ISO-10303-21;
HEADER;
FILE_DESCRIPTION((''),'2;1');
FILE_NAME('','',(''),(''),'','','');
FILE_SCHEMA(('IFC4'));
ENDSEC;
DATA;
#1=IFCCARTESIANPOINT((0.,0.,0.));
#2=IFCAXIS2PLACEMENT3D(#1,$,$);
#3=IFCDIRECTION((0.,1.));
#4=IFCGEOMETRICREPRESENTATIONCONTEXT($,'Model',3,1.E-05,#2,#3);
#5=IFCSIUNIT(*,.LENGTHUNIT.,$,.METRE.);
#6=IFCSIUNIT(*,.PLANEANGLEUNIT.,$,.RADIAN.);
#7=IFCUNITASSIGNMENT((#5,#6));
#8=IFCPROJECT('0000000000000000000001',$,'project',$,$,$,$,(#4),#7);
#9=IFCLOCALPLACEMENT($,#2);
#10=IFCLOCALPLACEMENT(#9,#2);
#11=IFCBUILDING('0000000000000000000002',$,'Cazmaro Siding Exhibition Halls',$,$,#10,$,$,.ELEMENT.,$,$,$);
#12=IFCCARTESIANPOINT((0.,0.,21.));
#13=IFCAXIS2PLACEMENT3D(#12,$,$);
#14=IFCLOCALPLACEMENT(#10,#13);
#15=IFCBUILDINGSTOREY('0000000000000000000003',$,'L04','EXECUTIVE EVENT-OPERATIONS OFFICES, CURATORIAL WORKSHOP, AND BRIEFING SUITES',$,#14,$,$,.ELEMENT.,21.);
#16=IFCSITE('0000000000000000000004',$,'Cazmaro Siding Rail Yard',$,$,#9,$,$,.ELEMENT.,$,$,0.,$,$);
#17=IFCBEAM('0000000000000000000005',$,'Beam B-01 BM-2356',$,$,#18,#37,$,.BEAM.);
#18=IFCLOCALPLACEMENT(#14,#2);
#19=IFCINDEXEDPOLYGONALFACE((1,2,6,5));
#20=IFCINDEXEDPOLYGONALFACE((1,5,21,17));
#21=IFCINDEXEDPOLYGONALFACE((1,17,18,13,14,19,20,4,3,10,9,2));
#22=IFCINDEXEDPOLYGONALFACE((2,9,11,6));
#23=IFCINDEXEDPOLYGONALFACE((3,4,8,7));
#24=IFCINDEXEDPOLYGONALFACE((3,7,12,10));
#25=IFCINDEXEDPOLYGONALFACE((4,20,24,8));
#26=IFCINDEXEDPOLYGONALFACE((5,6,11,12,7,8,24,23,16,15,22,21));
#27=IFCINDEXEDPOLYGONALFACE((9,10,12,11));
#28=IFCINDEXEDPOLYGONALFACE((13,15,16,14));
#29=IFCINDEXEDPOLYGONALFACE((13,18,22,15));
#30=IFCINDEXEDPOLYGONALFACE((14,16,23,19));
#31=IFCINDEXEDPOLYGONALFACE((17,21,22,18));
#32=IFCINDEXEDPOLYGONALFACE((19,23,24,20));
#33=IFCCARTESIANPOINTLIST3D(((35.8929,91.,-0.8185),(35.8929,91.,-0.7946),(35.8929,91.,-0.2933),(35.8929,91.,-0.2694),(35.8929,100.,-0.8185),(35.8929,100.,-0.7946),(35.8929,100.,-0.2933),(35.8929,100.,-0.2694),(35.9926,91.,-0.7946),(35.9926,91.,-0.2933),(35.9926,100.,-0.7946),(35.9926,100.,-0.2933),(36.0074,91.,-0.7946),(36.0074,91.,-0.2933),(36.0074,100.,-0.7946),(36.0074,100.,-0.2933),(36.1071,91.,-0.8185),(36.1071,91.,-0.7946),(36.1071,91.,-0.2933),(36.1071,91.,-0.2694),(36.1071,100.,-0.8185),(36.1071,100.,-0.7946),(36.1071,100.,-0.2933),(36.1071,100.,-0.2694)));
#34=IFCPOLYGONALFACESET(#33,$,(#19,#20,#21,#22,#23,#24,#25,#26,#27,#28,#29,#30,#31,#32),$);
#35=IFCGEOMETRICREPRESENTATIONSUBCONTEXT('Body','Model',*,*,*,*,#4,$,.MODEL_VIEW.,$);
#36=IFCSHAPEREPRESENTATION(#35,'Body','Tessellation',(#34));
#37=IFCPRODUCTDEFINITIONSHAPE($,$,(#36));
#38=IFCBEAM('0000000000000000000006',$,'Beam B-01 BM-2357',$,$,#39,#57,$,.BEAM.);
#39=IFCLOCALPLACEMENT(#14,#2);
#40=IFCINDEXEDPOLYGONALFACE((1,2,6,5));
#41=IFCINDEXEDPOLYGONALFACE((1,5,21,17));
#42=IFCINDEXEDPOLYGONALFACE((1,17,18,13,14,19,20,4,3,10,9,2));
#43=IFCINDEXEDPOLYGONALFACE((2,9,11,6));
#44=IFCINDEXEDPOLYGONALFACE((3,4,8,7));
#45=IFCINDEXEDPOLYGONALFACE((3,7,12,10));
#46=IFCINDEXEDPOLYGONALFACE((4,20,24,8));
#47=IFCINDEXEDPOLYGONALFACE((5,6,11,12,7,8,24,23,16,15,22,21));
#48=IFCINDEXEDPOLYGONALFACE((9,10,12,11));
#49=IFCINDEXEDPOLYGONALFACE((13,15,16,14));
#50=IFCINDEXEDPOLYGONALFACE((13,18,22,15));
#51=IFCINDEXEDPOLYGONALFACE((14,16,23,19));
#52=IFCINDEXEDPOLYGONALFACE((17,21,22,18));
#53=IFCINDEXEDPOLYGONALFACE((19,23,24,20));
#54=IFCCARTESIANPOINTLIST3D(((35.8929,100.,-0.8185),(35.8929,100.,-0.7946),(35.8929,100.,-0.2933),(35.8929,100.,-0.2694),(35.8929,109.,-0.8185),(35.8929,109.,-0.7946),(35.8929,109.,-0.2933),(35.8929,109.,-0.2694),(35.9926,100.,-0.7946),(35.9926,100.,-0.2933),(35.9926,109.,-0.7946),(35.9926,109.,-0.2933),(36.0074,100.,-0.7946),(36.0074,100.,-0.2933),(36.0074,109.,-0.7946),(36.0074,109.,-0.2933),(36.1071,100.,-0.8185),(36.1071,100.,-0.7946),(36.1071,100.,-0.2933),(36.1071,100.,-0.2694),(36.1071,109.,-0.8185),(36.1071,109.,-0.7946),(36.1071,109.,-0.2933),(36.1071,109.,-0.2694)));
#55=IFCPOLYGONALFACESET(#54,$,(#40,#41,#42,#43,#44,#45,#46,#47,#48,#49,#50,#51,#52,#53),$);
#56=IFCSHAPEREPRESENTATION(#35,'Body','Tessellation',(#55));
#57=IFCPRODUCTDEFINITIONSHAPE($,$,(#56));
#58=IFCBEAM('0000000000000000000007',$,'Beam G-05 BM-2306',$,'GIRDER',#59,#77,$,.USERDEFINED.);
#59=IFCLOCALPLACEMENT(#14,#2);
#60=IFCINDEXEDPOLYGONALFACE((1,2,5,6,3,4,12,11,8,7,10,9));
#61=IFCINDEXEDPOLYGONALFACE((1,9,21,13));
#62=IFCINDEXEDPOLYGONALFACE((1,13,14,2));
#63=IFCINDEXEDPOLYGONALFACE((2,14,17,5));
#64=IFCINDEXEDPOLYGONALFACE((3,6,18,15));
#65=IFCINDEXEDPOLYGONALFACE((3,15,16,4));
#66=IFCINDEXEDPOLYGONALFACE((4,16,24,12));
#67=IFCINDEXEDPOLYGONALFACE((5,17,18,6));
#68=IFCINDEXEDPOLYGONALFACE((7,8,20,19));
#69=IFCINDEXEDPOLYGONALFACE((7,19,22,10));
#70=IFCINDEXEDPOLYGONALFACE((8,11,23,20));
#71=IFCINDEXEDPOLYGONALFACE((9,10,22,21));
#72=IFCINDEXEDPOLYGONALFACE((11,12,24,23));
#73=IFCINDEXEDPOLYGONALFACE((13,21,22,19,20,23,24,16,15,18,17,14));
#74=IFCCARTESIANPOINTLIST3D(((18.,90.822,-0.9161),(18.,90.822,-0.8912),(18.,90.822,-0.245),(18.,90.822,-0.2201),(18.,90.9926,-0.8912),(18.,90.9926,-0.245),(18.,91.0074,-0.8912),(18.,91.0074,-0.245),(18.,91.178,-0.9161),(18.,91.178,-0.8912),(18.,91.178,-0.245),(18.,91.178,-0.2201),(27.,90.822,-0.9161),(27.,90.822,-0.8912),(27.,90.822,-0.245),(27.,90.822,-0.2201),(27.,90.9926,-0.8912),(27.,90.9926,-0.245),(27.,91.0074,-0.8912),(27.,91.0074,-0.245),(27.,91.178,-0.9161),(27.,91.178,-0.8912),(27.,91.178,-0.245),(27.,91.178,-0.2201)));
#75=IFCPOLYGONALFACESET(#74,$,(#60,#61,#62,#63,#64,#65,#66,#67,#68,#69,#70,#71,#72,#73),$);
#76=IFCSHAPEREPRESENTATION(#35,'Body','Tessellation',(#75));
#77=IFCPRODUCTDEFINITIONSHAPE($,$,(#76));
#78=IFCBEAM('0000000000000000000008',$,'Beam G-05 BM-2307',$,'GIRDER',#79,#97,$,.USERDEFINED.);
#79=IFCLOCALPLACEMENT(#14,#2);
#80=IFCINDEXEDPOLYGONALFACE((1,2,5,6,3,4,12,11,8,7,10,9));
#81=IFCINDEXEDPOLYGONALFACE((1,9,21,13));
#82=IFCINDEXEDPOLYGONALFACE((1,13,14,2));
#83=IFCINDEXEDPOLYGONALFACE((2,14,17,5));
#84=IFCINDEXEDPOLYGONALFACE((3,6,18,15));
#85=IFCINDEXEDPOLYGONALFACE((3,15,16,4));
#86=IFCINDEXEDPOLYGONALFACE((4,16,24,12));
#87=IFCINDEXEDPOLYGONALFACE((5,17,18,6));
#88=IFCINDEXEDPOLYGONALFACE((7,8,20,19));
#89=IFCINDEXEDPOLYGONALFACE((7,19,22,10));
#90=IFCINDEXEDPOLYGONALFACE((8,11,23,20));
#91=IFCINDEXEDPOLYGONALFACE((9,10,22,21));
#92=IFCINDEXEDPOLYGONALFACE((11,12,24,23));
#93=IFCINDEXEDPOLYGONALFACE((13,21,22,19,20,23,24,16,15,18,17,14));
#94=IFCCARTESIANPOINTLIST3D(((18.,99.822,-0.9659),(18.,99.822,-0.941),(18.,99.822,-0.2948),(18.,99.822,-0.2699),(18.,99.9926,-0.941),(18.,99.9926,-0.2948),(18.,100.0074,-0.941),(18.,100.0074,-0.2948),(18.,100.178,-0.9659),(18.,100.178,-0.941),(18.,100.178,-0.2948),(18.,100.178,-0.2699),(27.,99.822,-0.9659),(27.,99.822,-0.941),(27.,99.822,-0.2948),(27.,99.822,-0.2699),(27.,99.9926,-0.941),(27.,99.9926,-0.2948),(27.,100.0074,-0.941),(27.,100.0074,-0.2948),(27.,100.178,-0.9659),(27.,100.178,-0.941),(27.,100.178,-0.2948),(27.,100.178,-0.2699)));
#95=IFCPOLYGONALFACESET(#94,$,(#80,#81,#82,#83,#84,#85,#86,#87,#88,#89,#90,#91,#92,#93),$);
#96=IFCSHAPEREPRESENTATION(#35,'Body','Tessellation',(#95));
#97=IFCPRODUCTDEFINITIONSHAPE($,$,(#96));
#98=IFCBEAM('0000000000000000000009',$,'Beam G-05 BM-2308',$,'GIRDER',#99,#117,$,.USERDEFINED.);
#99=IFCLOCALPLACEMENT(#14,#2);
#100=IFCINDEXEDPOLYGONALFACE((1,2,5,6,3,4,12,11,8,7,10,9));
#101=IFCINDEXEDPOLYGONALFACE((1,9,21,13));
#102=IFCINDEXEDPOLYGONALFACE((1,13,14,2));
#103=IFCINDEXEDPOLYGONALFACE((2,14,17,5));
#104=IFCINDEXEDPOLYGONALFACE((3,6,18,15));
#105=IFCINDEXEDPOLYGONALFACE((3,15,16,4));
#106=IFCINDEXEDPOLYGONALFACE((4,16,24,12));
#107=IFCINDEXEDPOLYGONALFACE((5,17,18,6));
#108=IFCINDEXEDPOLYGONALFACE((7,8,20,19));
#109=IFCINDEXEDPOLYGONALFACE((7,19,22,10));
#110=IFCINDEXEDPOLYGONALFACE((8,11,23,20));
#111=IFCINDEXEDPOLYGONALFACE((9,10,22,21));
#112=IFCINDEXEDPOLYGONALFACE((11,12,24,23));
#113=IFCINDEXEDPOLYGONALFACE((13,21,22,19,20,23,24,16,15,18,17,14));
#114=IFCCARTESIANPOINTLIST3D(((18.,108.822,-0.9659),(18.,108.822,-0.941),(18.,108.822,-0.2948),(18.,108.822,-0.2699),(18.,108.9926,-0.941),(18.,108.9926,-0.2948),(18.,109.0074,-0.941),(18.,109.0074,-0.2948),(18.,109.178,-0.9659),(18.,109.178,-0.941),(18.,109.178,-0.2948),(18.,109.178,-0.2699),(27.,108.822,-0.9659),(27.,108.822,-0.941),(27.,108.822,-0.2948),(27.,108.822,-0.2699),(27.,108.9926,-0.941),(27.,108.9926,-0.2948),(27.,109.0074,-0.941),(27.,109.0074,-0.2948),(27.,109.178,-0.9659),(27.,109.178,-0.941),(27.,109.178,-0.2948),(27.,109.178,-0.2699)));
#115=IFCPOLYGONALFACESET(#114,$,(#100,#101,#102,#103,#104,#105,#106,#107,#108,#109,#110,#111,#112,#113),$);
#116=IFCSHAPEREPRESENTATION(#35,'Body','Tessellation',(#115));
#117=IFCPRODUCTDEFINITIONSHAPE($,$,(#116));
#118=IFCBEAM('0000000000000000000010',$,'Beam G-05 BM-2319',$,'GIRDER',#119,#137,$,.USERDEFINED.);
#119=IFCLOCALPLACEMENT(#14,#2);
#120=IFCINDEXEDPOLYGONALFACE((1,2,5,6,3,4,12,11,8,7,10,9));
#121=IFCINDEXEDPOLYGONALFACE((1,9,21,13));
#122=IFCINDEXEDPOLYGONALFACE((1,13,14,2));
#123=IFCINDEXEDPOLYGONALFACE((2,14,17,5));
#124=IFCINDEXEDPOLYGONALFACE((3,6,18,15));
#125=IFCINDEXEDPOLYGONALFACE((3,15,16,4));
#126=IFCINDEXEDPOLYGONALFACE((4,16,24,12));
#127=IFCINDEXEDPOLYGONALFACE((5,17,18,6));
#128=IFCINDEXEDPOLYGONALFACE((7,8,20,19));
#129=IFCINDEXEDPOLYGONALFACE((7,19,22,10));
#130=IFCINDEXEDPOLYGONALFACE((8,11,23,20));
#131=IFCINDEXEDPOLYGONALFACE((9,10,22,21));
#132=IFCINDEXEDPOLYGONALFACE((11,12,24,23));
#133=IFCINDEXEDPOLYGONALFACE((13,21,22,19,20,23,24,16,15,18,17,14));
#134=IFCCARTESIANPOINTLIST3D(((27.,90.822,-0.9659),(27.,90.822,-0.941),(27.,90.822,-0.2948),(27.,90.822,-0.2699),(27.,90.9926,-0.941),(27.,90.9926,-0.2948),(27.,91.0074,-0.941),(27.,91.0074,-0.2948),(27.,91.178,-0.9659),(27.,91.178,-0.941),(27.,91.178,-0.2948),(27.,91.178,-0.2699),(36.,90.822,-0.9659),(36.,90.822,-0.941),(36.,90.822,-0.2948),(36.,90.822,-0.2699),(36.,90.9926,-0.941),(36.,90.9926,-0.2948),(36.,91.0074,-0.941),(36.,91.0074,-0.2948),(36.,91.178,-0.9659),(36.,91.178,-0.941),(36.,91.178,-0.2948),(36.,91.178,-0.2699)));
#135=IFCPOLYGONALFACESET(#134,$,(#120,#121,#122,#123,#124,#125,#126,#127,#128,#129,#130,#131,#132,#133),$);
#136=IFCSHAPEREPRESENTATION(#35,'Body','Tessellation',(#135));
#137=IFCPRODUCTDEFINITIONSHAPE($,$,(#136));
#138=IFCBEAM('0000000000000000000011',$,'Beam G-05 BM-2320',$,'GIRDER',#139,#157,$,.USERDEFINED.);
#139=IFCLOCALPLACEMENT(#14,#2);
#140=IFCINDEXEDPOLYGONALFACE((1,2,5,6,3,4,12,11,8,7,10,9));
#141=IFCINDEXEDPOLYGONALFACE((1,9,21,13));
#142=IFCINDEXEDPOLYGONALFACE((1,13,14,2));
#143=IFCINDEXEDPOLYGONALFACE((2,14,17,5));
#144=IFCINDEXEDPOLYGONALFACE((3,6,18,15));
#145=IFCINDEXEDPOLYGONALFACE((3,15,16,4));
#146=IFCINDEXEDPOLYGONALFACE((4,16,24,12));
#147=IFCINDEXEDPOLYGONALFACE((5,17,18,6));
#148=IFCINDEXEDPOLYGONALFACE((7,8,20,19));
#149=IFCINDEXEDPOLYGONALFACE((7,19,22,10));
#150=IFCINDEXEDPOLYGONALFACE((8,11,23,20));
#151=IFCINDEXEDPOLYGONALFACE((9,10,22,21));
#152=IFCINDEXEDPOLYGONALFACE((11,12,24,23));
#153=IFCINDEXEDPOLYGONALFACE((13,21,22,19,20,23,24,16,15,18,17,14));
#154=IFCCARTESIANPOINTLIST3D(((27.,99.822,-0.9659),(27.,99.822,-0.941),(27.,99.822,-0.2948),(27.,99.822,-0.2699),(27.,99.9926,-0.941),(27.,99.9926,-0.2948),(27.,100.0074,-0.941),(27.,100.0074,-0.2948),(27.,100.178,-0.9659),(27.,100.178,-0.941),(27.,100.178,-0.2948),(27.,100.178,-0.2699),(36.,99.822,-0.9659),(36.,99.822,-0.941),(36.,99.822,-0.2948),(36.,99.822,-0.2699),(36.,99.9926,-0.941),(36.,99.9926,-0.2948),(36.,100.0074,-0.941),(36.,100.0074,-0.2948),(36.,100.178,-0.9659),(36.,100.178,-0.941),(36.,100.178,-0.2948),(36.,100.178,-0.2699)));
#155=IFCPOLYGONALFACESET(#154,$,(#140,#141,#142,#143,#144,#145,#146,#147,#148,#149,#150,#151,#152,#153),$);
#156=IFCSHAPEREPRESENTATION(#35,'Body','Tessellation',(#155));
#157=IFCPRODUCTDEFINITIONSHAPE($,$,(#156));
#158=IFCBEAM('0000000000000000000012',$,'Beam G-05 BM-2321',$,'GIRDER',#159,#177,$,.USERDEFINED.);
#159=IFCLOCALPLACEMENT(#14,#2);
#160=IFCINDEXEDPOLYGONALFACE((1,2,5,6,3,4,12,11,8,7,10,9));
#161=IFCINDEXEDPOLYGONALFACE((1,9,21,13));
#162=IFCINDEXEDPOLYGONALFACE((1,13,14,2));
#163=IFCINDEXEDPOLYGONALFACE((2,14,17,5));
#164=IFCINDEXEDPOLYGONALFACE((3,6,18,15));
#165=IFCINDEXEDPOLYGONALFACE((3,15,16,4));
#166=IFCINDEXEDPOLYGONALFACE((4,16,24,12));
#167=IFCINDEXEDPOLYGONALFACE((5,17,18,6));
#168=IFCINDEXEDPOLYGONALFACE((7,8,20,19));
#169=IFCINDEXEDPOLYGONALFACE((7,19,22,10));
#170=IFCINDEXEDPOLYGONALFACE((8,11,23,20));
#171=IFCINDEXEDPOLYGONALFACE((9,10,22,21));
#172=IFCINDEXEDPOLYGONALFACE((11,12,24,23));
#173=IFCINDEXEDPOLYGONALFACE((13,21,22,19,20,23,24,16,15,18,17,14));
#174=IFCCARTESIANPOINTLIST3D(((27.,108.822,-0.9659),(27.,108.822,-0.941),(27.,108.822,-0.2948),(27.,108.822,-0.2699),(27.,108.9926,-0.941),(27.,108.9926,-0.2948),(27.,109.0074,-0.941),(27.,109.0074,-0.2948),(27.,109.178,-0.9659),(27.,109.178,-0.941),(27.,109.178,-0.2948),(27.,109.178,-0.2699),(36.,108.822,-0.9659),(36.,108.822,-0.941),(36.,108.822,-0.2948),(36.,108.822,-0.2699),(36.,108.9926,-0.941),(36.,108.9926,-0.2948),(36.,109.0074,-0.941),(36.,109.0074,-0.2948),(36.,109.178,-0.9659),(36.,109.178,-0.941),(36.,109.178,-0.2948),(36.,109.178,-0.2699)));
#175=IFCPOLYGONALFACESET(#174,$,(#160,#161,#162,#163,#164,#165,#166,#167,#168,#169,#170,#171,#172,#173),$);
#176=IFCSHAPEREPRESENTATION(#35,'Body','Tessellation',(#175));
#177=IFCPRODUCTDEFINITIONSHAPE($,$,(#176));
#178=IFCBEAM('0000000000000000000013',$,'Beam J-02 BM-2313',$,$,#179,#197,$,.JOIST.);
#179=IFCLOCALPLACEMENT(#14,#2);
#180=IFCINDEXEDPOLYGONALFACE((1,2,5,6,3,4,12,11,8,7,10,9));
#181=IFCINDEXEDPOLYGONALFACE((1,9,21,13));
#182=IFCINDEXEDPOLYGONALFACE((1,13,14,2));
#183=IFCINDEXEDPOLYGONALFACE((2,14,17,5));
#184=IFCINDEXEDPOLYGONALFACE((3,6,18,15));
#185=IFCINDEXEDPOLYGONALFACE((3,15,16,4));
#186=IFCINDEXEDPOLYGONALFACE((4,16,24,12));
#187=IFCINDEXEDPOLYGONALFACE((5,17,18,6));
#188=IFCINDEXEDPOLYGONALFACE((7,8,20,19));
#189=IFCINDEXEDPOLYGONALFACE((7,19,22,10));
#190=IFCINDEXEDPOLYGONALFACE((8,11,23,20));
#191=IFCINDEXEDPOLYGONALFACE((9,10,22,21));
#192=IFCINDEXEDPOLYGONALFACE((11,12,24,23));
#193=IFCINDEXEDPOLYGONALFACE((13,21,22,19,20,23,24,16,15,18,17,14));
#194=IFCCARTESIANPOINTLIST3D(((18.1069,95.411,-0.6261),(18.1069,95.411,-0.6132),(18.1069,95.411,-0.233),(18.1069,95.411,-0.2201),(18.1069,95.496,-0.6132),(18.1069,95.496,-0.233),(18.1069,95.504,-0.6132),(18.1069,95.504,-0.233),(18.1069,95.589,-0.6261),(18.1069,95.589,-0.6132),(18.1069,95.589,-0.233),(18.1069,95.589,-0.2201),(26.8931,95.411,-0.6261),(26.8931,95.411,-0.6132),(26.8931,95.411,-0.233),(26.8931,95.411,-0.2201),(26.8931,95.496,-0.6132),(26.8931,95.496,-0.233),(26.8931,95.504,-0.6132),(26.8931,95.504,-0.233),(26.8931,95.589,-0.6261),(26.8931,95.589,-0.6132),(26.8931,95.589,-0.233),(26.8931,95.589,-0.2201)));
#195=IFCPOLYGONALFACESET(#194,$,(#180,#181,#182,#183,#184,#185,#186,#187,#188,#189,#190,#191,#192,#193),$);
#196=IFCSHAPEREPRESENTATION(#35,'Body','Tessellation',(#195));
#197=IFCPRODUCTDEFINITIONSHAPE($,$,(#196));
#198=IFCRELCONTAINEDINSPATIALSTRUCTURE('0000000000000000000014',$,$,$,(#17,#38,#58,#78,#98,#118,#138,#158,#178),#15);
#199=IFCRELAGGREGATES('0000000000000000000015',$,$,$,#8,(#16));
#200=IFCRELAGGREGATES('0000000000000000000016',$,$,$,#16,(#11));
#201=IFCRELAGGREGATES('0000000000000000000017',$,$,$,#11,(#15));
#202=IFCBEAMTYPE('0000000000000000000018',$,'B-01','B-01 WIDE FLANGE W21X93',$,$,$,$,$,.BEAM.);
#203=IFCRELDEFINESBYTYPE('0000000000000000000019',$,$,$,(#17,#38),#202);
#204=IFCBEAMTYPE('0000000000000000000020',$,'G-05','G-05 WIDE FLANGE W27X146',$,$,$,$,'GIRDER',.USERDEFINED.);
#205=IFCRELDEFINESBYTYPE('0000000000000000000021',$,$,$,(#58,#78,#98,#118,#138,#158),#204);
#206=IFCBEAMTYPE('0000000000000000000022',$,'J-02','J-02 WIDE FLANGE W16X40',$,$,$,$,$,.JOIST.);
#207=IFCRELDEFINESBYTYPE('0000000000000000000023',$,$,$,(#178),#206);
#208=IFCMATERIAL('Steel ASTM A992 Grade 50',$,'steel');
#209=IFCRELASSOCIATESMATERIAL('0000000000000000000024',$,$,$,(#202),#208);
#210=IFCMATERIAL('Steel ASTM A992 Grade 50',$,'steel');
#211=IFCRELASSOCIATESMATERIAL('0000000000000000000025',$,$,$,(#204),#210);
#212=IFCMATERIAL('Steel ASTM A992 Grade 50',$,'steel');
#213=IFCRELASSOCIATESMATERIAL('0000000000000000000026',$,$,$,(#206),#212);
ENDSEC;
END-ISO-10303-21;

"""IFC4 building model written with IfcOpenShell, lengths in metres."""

from ifc_helpers import new_model, si_unit, direction, frame, origin, origin_2d, place, context, subcontext, project, spatial, i_section, extrude, material, material_profile, profile_set, type_object, element, save


model = new_model("IFC4")

# Units and contexts
model_context = context("Model", 3, precision=1e-05, world=origin(), true_north=direction((0.0, 1.0)))
body_context = subcontext(model_context, "Body", "Model", "MODEL_VIEW")
ifc_project = project(units=[si_unit("LENGTHUNIT", "METRE"), si_unit("PLANEANGLEUNIT", "RADIAN")], contexts=[model_context])

# Site, building, storey
site_placement = place(None, origin())
site = spatial("IfcSite", under=ifc_project, at=site_placement, Name="Cazmaro Siding Rail Yard", CompositionType="ELEMENT", RefElevation=0.0)
building_placement = place(site_placement, origin())
building = spatial("IfcBuilding", under=site, at=building_placement, Name="Cazmaro Siding Exhibition Halls", CompositionType="ELEMENT")
storey_placement = place(building_placement, frame((0.0, 0.0, 21.0)))
storey = spatial("IfcBuildingStorey", under=building, at=storey_placement, Name="L04", Description="EXECUTIVE EVENT-OPERATIONS OFFICES, CURATORIAL WORKSHOP, AND BRIEFING SUITES", CompositionType="ELEMENT", Elevation=21.0)

# Beams
ifc_material_1 = material(Name="Steel ASTM A992 Grade 50", Category="steel")
ifc_material_profile_1 = material_profile(ifc_material_1, i_section(OverallWidth=0.2141, OverallDepth=0.5491, WebThickness=0.0149, FlangeThickness=0.0239, at=origin_2d()), Name="W21X93")
ifc_profile_set_1 = profile_set([ifc_material_profile_1], Name="Steel ASTM A992 Grade 50")
beam_type_1 = type_object("IfcBeamType", Name="B-01", Description="B-01 WIDE FLANGE W21X93", PredefinedType="BEAM", material=ifc_profile_set_1)
for number, where, z_axis, x_axis, name in (
    (1, (36.0, 91.0, -0.5439), (0.0, 1.0, 0.0), (-1.0, 0.0, 0.0), "Beam B-01 BM-2356"),
    (2, (36.0, 100.0, -0.5439), (0.0, 1.0, 0.0), (-1.0, 0.0, 0.0), "Beam B-01 BM-2357"),
):
    element("IfcBeam", number, at=place(storey_placement, frame(where, z_axis=z_axis, x_axis=x_axis)), inside=storey, type_object=beam_type_1, Name=name, PredefinedType="BEAM", context=body_context, shape_type="SweptSolid", body=[
        extrude(i_section(OverallWidth=0.2141, OverallDepth=0.5491, WebThickness=0.0149, FlangeThickness=0.0239, at=origin_2d()), origin(), (0.0, 0.0, 1.0), 9.0),
    ])
ifc_material_2 = material(Name="Steel ASTM A992 Grade 50", Category="steel")
ifc_material_profile_2 = material_profile(ifc_material_2, i_section(OverallWidth=0.356, OverallDepth=0.696, WebThickness=0.0149, FlangeThickness=0.0249, at=origin_2d()), Name="W27X146")
ifc_profile_set_2 = profile_set([ifc_material_profile_2], Name="Steel ASTM A992 Grade 50")
beam_type_2 = type_object("IfcBeamType", Name="G-05", Description="G-05 WIDE FLANGE W27X146", ElementType="GIRDER", PredefinedType="USERDEFINED", material=ifc_profile_set_2)
for number, where, z_axis, x_axis, name in (
    (3, (18.0, 91.0, -0.5681), (1.0, 0.0, 0.0), (0.0, 1.0, 0.0), "Beam G-05 BM-2306"),
    (4, (18.0, 100.0, -0.6179), (1.0, 0.0, 0.0), (0.0, 1.0, 0.0), "Beam G-05 BM-2307"),
    (5, (18.0, 109.0, -0.6179), (1.0, 0.0, 0.0), (0.0, 1.0, 0.0), "Beam G-05 BM-2308"),
    (6, (27.0, 91.0, -0.6179), (1.0, 0.0, 0.0), (0.0, 1.0, 0.0), "Beam G-05 BM-2319"),
    (7, (27.0, 100.0, -0.6179), (1.0, 0.0, 0.0), (0.0, 1.0, 0.0), "Beam G-05 BM-2320"),
    (8, (27.0, 109.0, -0.6179), (1.0, 0.0, 0.0), (0.0, 1.0, 0.0), "Beam G-05 BM-2321"),
):
    element("IfcBeam", number, at=place(storey_placement, frame(where, z_axis=z_axis, x_axis=x_axis)), inside=storey, type_object=beam_type_2, Name=name, ObjectType="GIRDER", PredefinedType="USERDEFINED", context=body_context, shape_type="SweptSolid", body=[
        extrude(i_section(OverallWidth=0.356, OverallDepth=0.696, WebThickness=0.0149, FlangeThickness=0.0249, at=origin_2d()), origin(), (0.0, 0.0, 1.0), 9.0),
    ])
ifc_material_3 = material(Name="Steel ASTM A992 Grade 50", Category="steel")
ifc_material_profile_3 = material_profile(ifc_material_3, i_section(OverallWidth=0.178, OverallDepth=0.406, WebThickness=0.0081, FlangeThickness=0.0129, at=origin_2d()), Name="W16X40")
ifc_profile_set_3 = profile_set([ifc_material_profile_3], Name="Steel ASTM A992 Grade 50")
beam_type_3 = type_object("IfcBeamType", Name="J-02", Description="J-02 WIDE FLANGE W16X40", PredefinedType="JOIST", material=ifc_profile_set_3)
for number, where, z_axis, x_axis, name in (
    (9, (18.1069, 95.5, -0.4231), (1.0, 0.0, 0.0), (0.0, 1.0, 0.0), "Beam J-02 BM-2313"),
):
    element("IfcBeam", number, at=place(storey_placement, frame(where, z_axis=z_axis, x_axis=x_axis)), inside=storey, type_object=beam_type_3, Name=name, PredefinedType="JOIST", context=body_context, shape_type="SweptSolid", body=[
        extrude(i_section(OverallWidth=0.178, OverallDepth=0.406, WebThickness=0.0081, FlangeThickness=0.0129, at=origin_2d()), origin(), (0.0, 0.0, 1.0), 8.7861),
    ])

save(model, "model.ifc")
